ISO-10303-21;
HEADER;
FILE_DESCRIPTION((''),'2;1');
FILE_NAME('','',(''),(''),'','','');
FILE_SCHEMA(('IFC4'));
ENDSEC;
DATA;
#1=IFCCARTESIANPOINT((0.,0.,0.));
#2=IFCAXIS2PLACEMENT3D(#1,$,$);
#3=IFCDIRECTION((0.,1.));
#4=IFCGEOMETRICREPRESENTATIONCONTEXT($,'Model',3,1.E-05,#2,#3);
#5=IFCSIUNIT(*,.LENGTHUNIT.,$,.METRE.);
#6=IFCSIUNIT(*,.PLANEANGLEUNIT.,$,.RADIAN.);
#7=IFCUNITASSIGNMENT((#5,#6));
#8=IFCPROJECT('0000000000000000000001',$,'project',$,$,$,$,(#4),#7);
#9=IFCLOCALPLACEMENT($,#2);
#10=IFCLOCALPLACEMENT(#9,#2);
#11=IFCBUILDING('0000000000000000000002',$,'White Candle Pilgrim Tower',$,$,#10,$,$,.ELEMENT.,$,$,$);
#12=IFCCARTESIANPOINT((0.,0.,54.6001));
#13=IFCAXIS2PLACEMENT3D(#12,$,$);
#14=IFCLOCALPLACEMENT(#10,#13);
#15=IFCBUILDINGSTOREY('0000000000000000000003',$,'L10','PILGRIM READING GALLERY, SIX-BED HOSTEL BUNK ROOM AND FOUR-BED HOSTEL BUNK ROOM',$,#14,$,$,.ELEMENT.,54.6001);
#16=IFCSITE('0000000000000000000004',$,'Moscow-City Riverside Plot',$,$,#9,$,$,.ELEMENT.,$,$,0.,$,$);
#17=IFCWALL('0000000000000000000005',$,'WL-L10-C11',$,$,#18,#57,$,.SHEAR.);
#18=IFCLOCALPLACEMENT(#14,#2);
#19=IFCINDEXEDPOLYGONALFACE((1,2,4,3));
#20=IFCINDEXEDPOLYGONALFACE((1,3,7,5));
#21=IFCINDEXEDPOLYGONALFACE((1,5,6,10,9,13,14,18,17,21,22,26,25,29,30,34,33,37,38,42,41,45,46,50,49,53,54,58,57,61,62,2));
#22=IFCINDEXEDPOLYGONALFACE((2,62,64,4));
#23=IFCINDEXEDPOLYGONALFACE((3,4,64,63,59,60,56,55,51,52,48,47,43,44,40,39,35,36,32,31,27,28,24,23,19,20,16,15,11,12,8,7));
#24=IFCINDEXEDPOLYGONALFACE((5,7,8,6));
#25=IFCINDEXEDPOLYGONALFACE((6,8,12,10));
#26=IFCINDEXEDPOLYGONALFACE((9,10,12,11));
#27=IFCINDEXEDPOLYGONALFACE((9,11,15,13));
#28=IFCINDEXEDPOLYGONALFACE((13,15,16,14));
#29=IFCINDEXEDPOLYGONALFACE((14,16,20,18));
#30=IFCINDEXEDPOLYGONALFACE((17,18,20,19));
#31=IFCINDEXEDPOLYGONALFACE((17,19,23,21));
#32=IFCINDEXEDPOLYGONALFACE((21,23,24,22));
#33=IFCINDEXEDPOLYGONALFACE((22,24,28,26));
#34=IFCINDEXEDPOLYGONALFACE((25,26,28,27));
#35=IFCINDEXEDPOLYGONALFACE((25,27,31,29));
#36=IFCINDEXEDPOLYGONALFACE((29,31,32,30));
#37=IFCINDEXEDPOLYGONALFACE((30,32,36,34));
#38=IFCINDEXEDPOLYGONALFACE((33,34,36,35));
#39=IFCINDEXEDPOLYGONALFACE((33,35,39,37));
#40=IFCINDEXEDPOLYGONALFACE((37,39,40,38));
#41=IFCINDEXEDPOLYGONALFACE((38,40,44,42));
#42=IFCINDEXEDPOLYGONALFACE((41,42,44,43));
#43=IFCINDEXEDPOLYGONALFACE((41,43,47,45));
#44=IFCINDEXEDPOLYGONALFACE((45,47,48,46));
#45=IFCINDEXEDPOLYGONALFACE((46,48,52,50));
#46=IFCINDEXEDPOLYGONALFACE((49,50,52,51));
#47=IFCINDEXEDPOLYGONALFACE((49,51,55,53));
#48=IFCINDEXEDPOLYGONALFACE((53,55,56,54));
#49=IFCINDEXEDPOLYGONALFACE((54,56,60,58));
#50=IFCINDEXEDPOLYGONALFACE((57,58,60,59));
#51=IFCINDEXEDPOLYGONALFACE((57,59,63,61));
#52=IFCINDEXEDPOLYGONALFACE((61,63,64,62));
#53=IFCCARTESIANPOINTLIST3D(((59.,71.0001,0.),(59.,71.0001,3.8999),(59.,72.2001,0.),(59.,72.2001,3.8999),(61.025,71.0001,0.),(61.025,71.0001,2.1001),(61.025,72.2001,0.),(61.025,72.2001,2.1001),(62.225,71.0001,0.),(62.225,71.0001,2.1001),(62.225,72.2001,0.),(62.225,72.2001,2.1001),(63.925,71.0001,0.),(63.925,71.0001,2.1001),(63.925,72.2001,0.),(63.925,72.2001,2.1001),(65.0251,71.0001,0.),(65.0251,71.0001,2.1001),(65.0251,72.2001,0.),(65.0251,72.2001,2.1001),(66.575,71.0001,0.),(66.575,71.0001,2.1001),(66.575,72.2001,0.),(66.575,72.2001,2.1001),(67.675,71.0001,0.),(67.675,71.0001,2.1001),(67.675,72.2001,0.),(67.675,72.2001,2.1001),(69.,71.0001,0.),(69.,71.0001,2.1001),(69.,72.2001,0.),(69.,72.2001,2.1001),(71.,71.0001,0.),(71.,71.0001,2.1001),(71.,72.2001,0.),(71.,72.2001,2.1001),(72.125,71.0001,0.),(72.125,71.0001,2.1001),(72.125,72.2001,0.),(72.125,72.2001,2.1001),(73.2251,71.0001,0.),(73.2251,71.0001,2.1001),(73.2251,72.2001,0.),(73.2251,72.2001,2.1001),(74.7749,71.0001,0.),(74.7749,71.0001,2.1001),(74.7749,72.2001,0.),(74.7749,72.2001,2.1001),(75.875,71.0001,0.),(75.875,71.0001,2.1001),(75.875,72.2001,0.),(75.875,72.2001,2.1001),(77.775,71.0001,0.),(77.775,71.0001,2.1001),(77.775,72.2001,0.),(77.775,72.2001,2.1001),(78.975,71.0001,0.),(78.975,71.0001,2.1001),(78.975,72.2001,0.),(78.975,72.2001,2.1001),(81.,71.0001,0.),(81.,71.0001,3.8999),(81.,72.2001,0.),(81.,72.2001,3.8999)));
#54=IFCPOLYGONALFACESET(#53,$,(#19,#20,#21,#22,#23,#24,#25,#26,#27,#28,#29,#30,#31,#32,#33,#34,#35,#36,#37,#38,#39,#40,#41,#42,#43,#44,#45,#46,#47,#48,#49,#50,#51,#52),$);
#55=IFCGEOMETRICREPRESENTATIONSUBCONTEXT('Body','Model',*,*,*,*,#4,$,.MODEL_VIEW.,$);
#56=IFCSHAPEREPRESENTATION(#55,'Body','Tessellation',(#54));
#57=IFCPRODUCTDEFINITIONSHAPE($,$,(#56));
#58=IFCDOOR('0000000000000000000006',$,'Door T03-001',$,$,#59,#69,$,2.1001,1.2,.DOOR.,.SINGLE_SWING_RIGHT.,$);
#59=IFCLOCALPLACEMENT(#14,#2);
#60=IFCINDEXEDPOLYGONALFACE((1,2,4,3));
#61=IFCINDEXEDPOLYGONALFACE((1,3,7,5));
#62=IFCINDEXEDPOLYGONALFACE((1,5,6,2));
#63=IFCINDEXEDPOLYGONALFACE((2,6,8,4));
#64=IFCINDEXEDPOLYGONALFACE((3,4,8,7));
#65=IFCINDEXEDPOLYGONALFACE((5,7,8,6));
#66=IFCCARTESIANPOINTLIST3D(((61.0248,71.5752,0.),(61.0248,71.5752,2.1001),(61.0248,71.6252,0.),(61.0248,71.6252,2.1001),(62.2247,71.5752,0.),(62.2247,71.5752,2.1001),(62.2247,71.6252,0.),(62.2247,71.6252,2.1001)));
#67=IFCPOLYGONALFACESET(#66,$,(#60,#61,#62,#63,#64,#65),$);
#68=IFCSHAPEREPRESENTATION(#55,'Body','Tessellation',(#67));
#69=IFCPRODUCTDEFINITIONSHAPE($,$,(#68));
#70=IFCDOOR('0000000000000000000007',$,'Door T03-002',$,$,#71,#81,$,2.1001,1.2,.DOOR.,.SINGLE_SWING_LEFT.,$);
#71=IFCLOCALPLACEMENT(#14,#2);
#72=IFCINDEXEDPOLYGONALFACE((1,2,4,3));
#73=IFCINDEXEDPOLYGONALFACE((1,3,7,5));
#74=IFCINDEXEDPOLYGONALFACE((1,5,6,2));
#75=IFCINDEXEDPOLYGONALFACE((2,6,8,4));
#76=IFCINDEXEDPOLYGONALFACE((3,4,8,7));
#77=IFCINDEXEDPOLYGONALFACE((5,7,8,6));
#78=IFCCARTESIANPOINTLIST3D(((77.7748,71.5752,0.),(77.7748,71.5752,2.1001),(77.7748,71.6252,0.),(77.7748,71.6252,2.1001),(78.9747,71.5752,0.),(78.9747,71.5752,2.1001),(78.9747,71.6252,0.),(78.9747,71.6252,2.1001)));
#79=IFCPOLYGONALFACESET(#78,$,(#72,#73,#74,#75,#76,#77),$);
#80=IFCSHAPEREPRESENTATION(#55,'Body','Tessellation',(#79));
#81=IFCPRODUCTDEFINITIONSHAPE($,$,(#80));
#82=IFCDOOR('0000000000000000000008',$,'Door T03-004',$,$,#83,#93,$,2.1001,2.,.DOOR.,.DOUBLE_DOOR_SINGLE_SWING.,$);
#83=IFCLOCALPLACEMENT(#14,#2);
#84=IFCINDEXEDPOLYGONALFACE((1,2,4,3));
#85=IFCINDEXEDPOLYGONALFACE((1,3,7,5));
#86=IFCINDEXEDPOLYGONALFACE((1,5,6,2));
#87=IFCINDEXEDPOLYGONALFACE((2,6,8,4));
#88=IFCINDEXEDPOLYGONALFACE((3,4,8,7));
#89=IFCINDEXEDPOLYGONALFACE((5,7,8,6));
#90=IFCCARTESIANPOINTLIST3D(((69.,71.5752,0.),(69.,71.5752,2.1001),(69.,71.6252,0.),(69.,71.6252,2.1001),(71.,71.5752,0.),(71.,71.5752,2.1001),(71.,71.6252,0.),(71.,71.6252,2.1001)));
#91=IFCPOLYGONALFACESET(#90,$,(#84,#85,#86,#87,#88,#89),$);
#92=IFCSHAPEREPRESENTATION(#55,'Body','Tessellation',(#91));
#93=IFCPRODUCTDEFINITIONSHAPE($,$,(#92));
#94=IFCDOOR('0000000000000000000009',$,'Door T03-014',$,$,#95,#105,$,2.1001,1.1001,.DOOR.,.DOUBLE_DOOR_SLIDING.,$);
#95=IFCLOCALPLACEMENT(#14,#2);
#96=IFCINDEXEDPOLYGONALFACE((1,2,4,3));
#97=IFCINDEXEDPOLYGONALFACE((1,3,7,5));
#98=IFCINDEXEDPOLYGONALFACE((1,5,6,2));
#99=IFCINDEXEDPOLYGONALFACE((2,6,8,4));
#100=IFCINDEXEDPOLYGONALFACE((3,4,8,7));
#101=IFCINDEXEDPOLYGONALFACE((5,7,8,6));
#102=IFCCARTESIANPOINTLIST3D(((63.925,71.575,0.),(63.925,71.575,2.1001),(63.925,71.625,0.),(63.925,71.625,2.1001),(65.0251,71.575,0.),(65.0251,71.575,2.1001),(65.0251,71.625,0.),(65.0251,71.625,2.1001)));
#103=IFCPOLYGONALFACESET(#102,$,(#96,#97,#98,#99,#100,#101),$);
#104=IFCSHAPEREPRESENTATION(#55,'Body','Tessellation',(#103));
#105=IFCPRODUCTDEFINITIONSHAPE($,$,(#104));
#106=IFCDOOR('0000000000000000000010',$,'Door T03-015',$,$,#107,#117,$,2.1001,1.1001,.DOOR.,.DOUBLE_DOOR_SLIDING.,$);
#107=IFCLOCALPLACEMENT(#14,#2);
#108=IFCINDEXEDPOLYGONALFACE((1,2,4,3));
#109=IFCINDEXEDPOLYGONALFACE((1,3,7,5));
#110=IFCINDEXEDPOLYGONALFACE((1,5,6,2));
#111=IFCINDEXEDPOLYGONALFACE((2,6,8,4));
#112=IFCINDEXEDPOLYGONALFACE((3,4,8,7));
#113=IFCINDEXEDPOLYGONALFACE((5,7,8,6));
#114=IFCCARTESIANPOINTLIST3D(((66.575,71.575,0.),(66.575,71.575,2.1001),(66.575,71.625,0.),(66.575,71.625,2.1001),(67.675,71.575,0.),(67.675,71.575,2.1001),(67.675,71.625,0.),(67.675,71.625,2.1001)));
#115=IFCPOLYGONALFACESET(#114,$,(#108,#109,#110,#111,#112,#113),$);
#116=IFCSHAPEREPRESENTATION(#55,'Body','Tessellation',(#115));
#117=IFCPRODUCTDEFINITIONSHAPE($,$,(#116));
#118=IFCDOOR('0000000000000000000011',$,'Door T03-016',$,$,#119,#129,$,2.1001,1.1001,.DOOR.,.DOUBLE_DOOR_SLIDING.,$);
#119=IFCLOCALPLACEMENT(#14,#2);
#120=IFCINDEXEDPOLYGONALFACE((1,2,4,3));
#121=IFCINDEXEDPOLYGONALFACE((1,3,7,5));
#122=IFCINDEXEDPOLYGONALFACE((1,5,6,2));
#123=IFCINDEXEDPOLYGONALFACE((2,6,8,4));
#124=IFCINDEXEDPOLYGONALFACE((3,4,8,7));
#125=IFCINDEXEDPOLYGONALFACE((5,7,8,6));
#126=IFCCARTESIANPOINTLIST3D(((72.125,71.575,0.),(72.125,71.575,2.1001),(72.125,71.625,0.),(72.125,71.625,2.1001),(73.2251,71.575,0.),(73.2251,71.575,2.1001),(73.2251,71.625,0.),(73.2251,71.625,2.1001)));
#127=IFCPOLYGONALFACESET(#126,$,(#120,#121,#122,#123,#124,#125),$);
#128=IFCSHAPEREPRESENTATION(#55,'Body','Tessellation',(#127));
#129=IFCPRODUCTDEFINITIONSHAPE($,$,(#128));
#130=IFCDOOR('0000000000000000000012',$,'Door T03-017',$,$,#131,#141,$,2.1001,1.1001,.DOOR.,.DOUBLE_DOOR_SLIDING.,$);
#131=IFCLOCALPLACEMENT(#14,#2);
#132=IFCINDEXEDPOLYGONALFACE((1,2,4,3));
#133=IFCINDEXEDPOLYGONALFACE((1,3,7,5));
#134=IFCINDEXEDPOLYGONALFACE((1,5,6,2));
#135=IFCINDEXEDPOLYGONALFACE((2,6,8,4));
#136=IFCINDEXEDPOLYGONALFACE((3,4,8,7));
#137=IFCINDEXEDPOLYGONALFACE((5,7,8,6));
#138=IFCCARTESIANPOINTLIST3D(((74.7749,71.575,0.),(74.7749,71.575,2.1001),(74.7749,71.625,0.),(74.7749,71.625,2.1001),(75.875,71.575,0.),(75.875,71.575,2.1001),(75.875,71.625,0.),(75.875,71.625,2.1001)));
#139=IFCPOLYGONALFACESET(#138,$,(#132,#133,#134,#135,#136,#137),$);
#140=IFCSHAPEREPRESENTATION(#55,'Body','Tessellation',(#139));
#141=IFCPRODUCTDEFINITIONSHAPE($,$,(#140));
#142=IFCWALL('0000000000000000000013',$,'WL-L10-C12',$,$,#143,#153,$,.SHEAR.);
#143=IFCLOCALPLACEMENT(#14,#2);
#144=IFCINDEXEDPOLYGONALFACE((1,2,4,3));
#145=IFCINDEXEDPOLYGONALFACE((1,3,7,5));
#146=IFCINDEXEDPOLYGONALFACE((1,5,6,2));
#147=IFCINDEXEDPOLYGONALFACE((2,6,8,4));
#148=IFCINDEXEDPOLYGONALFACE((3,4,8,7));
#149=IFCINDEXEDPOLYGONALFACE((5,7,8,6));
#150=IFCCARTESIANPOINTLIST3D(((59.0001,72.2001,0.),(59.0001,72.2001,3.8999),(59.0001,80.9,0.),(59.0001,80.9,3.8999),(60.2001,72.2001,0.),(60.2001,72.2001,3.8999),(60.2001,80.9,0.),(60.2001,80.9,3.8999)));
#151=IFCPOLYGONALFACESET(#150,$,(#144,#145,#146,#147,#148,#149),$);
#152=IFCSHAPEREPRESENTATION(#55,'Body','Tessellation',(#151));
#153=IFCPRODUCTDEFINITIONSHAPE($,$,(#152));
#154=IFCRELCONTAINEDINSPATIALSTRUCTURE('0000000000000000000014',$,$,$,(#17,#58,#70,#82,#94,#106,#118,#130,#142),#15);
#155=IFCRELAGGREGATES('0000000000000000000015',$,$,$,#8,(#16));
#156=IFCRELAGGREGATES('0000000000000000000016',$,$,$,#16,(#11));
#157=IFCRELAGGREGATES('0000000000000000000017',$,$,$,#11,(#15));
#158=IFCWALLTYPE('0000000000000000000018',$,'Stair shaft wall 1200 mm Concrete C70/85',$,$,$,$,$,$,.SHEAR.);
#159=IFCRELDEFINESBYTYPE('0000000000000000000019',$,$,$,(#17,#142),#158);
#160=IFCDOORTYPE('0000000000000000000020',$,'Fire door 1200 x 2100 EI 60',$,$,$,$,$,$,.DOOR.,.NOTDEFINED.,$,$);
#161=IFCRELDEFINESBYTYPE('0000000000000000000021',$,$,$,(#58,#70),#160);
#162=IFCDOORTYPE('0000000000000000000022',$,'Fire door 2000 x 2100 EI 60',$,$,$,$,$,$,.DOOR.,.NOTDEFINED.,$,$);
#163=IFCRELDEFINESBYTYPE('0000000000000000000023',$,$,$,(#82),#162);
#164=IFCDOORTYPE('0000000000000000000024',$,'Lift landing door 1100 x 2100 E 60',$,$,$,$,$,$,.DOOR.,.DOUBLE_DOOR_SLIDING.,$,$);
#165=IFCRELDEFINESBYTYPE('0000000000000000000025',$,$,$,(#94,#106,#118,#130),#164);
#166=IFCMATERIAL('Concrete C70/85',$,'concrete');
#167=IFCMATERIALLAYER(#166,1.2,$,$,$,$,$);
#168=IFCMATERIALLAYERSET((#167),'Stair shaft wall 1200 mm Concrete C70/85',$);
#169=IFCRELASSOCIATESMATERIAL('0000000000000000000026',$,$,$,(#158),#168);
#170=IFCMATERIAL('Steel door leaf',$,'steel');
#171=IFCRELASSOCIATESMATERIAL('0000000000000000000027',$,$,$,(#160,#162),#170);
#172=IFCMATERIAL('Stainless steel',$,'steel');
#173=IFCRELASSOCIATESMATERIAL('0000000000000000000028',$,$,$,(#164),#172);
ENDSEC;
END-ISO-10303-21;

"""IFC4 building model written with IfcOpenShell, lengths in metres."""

from ifc_helpers import new_model, si_unit, direction, frame, frame_2d, origin, place, context, subcontext, project, spatial, rectangle, extrude, material, layer, layer_set, type_object, element, fill, save


model = new_model("IFC4")

# Units and contexts
model_context = context("Model", 3, precision=1e-05, world=origin(), true_north=direction((0.0, 1.0)))
body_context = subcontext(model_context, "Body", "Model", "MODEL_VIEW")
ifc_project = project(units=[si_unit("LENGTHUNIT", "METRE"), si_unit("PLANEANGLEUNIT", "RADIAN")], contexts=[model_context])

# Site, building, storey
site_placement = place(None, origin())
site = spatial("IfcSite", under=ifc_project, at=site_placement, Name="Moscow-City Riverside Plot", CompositionType="ELEMENT", RefElevation=0.0)
building_placement = place(site_placement, origin())
building = spatial("IfcBuilding", under=site, at=building_placement, Name="White Candle Pilgrim Tower", CompositionType="ELEMENT")
storey_placement = place(building_placement, frame((0.0, 0.0, 54.6001)))
storey = spatial("IfcBuildingStorey", under=building, at=storey_placement, Name="L10", Description="PILGRIM READING GALLERY, SIX-BED HOSTEL BUNK ROOM AND FOUR-BED HOSTEL BUNK ROOM", CompositionType="ELEMENT", Elevation=54.6001)

# Shared definitions
ifc_material_1 = material(Name="Steel door leaf", Category="steel")

# Shared definitions
ifc_material_2 = material(Name="Concrete C70/85", Category="concrete")

# Wall, openings, doors
ifc_layer_1 = layer(ifc_material_2, 1.2)
ifc_layer_set_1 = layer_set([ifc_layer_1], Name="Stair shaft wall 1200 mm Concrete C70/85")
wall_type_1 = type_object("IfcWallType", Name="Stair shaft wall 1200 mm Concrete C70/85", PredefinedType="SHEAR", material=ifc_layer_set_1)
wall_1_placement = place(storey_placement, frame((59.0, 71.6001, 0.0), z_axis=(0.0, 0.0, 1.0), x_axis=(1.0, 0.0, 0.0)))
wall_1 = element("IfcWall", 1, at=wall_1_placement, inside=storey, type_object=wall_type_1, Name="WL-L10-C11", PredefinedType="SHEAR", context=body_context, shape_type="SweptSolid", body=[
    extrude(rectangle(XDim=22.0, YDim=1.2, at=frame_2d((11.0, 0.0))), origin(), (0.0, 0.0, 1.0), 3.8999),
])
opening_1_placement = place(wall_1_placement, frame((2.0249, 0.0, 0.0)))
opening_1 = element("IfcOpeningElement", 2, at=opening_1_placement, cuts=wall_1, PredefinedType="OPENING", context=body_context, shape_type="SweptSolid", body=[
    extrude(rectangle(XDim=1.2, YDim=2.1001, at=frame_2d((0.6001, 1.05))), frame((0.0, 0.6099, 0.0), z_axis=(0.0, -1.0, 0.0), x_axis=(1.0, 0.0, 0.0)), (0.0, 0.0, 1.0), 1.22),
])
opening_2_placement = place(wall_1_placement, frame((18.7749, 0.0, 0.0)))
opening_2 = element("IfcOpeningElement", 3, at=opening_2_placement, cuts=wall_1, PredefinedType="OPENING", context=body_context, shape_type="SweptSolid", body=[
    extrude(rectangle(XDim=1.2, YDim=2.1001, at=frame_2d((0.6001, 1.05))), frame((0.0, 0.6099, 0.0), z_axis=(0.0, -1.0, 0.0), x_axis=(1.0, 0.0, 0.0)), (0.0, 0.0, 1.0), 1.22),
])
opening_3_placement = place(wall_1_placement, frame((10.0, 0.0, 0.0)))
opening_3 = element("IfcOpeningElement", 4, at=opening_3_placement, cuts=wall_1, PredefinedType="OPENING", context=body_context, shape_type="SweptSolid", body=[
    extrude(rectangle(XDim=2.0, YDim=2.1001, at=frame_2d((1.0, 1.05))), frame((0.0, 0.6099, 0.0), z_axis=(0.0, -1.0, 0.0), x_axis=(1.0, 0.0, 0.0)), (0.0, 0.0, 1.0), 1.22),
])
opening_4_placement = place(wall_1_placement, frame((4.925, 0.0, 0.0)))
opening_4 = element("IfcOpeningElement", 5, at=opening_4_placement, cuts=wall_1, PredefinedType="OPENING", context=body_context, shape_type="SweptSolid", body=[
    extrude(rectangle(XDim=1.1001, YDim=2.1001, at=frame_2d((0.55, 1.05))), frame((0.0, 0.6099, 0.0), z_axis=(0.0, -1.0, 0.0), x_axis=(1.0, 0.0, 0.0)), (0.0, 0.0, 1.0), 1.22),
])
opening_5_placement = place(wall_1_placement, frame((7.575, 0.0, 0.0)))
opening_5 = element("IfcOpeningElement", 6, at=opening_5_placement, cuts=wall_1, PredefinedType="OPENING", context=body_context, shape_type="SweptSolid", body=[
    extrude(rectangle(XDim=1.1001, YDim=2.1001, at=frame_2d((0.55, 1.05))), frame((0.0, 0.6099, 0.0), z_axis=(0.0, -1.0, 0.0), x_axis=(1.0, 0.0, 0.0)), (0.0, 0.0, 1.0), 1.22),
])
opening_6_placement = place(wall_1_placement, frame((13.125, 0.0, 0.0)))
opening_6 = element("IfcOpeningElement", 7, at=opening_6_placement, cuts=wall_1, PredefinedType="OPENING", context=body_context, shape_type="SweptSolid", body=[
    extrude(rectangle(XDim=1.1001, YDim=2.1001, at=frame_2d((0.55, 1.05))), frame((0.0, 0.6099, 0.0), z_axis=(0.0, -1.0, 0.0), x_axis=(1.0, 0.0, 0.0)), (0.0, 0.0, 1.0), 1.22),
])
opening_7_placement = place(wall_1_placement, frame((15.7749, 0.0, 0.0)))
opening_7 = element("IfcOpeningElement", 8, at=opening_7_placement, cuts=wall_1, PredefinedType="OPENING", context=body_context, shape_type="SweptSolid", body=[
    extrude(rectangle(XDim=1.1001, YDim=2.1001, at=frame_2d((0.55, 1.05))), frame((0.0, 0.6099, 0.0), z_axis=(0.0, -1.0, 0.0), x_axis=(1.0, 0.0, 0.0)), (0.0, 0.0, 1.0), 1.22),
])
door_type_1 = type_object("IfcDoorType", Name="Fire door 1200 x 2100 EI 60", OperationType="NOTDEFINED", PredefinedType="DOOR", material=ifc_material_1)
door_1_placement = place(opening_1_placement, frame((1.2, 0.0, 0.0), z_axis=(0.0, 0.0, 1.0), x_axis=(-1.0, 0.0, 0.0)))
door_1 = element("IfcDoor", 9, at=door_1_placement, inside=storey, type_object=door_type_1, Name="Door T03-001", OperationType="SINGLE_SWING_RIGHT", OverallHeight=2.1001, OverallWidth=1.2, PredefinedType="DOOR", context=body_context, shape_type="SweptSolid", body=[
    extrude(rectangle(XDim=1.2, YDim=2.1001, at=frame_2d((0.6001, 1.05))), frame((0.0, 0.0249, 0.0), z_axis=(0.0, -1.0, 0.0), x_axis=(1.0, 0.0, 0.0)), (0.0, 0.0, 1.0), 0.05),
])
fill(opening_1, door_1)
door_2_placement = place(opening_2_placement, frame((1.2, 0.0, 0.0), z_axis=(0.0, 0.0, 1.0), x_axis=(-1.0, 0.0, 0.0)))
door_2 = element("IfcDoor", 10, at=door_2_placement, inside=storey, type_object=door_type_1, Name="Door T03-002", OperationType="SINGLE_SWING_LEFT", OverallHeight=2.1001, OverallWidth=1.2, PredefinedType="DOOR", context=body_context, shape_type="SweptSolid", body=[
    extrude(rectangle(XDim=1.2, YDim=2.1001, at=frame_2d((0.6001, 1.05))), frame((0.0, 0.0249, 0.0), z_axis=(0.0, -1.0, 0.0), x_axis=(1.0, 0.0, 0.0)), (0.0, 0.0, 1.0), 0.05),
])
fill(opening_2, door_2)
door_type_2 = type_object("IfcDoorType", Name="Fire door 2000 x 2100 EI 60", OperationType="NOTDEFINED", PredefinedType="DOOR", material=ifc_material_1)
door_3_placement = place(opening_3_placement, frame((2.0, 0.0, 0.0), z_axis=(0.0, 0.0, 1.0), x_axis=(-1.0, 0.0, 0.0)))
door_3 = element("IfcDoor", 11, at=door_3_placement, inside=storey, type_object=door_type_2, Name="Door T03-004", OperationType="DOUBLE_DOOR_SINGLE_SWING", OverallHeight=2.1001, OverallWidth=2.0, PredefinedType="DOOR", context=body_context, shape_type="SweptSolid", body=[
    extrude(rectangle(XDim=2.0, YDim=2.1001, at=frame_2d((1.0, 1.05))), frame((0.0, 0.0249, 0.0), z_axis=(0.0, -1.0, 0.0), x_axis=(1.0, 0.0, 0.0)), (0.0, 0.0, 1.0), 0.05),
])
fill(opening_3, door_3)
ifc_material_3 = material(Name="Stainless steel", Category="steel")
door_type_3 = type_object("IfcDoorType", Name="Lift landing door 1100 x 2100 E 60", OperationType="DOUBLE_DOOR_SLIDING", PredefinedType="DOOR", material=ifc_material_3)
door_4_placement = place(opening_4_placement, origin())
door_4 = element("IfcDoor", 12, at=door_4_placement, inside=storey, type_object=door_type_3, Name="Door T03-014", OperationType="DOUBLE_DOOR_SLIDING", OverallHeight=2.1001, OverallWidth=1.1001, PredefinedType="DOOR", context=body_context, shape_type="SweptSolid", body=[
    extrude(rectangle(XDim=1.1001, YDim=2.1001, at=frame_2d((0.55, 1.05))), frame((0.0, 0.0249, 0.0), z_axis=(0.0, -1.0, 0.0), x_axis=(1.0, 0.0, 0.0)), (0.0, 0.0, 1.0), 0.05),
])
fill(opening_4, door_4)
door_5_placement = place(opening_5_placement, origin())
door_5 = element("IfcDoor", 13, at=door_5_placement, inside=storey, type_object=door_type_3, Name="Door T03-015", OperationType="DOUBLE_DOOR_SLIDING", OverallHeight=2.1001, OverallWidth=1.1001, PredefinedType="DOOR", context=body_context, shape_type="SweptSolid", body=[
    extrude(rectangle(XDim=1.1001, YDim=2.1001, at=frame_2d((0.55, 1.05))), frame((0.0, 0.0249, 0.0), z_axis=(0.0, -1.0, 0.0), x_axis=(1.0, 0.0, 0.0)), (0.0, 0.0, 1.0), 0.05),
])
fill(opening_5, door_5)
door_6_placement = place(opening_6_placement, origin())
door_6 = element("IfcDoor", 14, at=door_6_placement, inside=storey, type_object=door_type_3, Name="Door T03-016", OperationType="DOUBLE_DOOR_SLIDING", OverallHeight=2.1001, OverallWidth=1.1001, PredefinedType="DOOR", context=body_context, shape_type="SweptSolid", body=[
    extrude(rectangle(XDim=1.1001, YDim=2.1001, at=frame_2d((0.55, 1.05))), frame((0.0, 0.0249, 0.0), z_axis=(0.0, -1.0, 0.0), x_axis=(1.0, 0.0, 0.0)), (0.0, 0.0, 1.0), 0.05),
])
fill(opening_6, door_6)
door_7_placement = place(opening_7_placement, origin())
door_7 = element("IfcDoor", 15, at=door_7_placement, inside=storey, type_object=door_type_3, Name="Door T03-017", OperationType="DOUBLE_DOOR_SLIDING", OverallHeight=2.1001, OverallWidth=1.1001, PredefinedType="DOOR", context=body_context, shape_type="SweptSolid", body=[
    extrude(rectangle(XDim=1.1001, YDim=2.1001, at=frame_2d((0.55, 1.05))), frame((0.0, 0.0249, 0.0), z_axis=(0.0, -1.0, 0.0), x_axis=(1.0, 0.0, 0.0)), (0.0, 0.0, 1.0), 0.05),
])
fill(opening_7, door_7)

# Wall
wall_2_placement = place(storey_placement, frame((59.6001, 72.2, 0.0), z_axis=(0.0, 0.0, 1.0), x_axis=(0.0, 1.0, 0.0)))
element("IfcWall", 16, at=wall_2_placement, inside=storey, type_object=wall_type_1, Name="WL-L10-C12", PredefinedType="SHEAR", context=body_context, shape_type="SweptSolid", body=[
    extrude(rectangle(XDim=8.7, YDim=1.2, at=frame_2d((4.3501, 0.0))), origin(), (0.0, 0.0, 1.0), 3.8999),
])

save(model, "model.ifc")
